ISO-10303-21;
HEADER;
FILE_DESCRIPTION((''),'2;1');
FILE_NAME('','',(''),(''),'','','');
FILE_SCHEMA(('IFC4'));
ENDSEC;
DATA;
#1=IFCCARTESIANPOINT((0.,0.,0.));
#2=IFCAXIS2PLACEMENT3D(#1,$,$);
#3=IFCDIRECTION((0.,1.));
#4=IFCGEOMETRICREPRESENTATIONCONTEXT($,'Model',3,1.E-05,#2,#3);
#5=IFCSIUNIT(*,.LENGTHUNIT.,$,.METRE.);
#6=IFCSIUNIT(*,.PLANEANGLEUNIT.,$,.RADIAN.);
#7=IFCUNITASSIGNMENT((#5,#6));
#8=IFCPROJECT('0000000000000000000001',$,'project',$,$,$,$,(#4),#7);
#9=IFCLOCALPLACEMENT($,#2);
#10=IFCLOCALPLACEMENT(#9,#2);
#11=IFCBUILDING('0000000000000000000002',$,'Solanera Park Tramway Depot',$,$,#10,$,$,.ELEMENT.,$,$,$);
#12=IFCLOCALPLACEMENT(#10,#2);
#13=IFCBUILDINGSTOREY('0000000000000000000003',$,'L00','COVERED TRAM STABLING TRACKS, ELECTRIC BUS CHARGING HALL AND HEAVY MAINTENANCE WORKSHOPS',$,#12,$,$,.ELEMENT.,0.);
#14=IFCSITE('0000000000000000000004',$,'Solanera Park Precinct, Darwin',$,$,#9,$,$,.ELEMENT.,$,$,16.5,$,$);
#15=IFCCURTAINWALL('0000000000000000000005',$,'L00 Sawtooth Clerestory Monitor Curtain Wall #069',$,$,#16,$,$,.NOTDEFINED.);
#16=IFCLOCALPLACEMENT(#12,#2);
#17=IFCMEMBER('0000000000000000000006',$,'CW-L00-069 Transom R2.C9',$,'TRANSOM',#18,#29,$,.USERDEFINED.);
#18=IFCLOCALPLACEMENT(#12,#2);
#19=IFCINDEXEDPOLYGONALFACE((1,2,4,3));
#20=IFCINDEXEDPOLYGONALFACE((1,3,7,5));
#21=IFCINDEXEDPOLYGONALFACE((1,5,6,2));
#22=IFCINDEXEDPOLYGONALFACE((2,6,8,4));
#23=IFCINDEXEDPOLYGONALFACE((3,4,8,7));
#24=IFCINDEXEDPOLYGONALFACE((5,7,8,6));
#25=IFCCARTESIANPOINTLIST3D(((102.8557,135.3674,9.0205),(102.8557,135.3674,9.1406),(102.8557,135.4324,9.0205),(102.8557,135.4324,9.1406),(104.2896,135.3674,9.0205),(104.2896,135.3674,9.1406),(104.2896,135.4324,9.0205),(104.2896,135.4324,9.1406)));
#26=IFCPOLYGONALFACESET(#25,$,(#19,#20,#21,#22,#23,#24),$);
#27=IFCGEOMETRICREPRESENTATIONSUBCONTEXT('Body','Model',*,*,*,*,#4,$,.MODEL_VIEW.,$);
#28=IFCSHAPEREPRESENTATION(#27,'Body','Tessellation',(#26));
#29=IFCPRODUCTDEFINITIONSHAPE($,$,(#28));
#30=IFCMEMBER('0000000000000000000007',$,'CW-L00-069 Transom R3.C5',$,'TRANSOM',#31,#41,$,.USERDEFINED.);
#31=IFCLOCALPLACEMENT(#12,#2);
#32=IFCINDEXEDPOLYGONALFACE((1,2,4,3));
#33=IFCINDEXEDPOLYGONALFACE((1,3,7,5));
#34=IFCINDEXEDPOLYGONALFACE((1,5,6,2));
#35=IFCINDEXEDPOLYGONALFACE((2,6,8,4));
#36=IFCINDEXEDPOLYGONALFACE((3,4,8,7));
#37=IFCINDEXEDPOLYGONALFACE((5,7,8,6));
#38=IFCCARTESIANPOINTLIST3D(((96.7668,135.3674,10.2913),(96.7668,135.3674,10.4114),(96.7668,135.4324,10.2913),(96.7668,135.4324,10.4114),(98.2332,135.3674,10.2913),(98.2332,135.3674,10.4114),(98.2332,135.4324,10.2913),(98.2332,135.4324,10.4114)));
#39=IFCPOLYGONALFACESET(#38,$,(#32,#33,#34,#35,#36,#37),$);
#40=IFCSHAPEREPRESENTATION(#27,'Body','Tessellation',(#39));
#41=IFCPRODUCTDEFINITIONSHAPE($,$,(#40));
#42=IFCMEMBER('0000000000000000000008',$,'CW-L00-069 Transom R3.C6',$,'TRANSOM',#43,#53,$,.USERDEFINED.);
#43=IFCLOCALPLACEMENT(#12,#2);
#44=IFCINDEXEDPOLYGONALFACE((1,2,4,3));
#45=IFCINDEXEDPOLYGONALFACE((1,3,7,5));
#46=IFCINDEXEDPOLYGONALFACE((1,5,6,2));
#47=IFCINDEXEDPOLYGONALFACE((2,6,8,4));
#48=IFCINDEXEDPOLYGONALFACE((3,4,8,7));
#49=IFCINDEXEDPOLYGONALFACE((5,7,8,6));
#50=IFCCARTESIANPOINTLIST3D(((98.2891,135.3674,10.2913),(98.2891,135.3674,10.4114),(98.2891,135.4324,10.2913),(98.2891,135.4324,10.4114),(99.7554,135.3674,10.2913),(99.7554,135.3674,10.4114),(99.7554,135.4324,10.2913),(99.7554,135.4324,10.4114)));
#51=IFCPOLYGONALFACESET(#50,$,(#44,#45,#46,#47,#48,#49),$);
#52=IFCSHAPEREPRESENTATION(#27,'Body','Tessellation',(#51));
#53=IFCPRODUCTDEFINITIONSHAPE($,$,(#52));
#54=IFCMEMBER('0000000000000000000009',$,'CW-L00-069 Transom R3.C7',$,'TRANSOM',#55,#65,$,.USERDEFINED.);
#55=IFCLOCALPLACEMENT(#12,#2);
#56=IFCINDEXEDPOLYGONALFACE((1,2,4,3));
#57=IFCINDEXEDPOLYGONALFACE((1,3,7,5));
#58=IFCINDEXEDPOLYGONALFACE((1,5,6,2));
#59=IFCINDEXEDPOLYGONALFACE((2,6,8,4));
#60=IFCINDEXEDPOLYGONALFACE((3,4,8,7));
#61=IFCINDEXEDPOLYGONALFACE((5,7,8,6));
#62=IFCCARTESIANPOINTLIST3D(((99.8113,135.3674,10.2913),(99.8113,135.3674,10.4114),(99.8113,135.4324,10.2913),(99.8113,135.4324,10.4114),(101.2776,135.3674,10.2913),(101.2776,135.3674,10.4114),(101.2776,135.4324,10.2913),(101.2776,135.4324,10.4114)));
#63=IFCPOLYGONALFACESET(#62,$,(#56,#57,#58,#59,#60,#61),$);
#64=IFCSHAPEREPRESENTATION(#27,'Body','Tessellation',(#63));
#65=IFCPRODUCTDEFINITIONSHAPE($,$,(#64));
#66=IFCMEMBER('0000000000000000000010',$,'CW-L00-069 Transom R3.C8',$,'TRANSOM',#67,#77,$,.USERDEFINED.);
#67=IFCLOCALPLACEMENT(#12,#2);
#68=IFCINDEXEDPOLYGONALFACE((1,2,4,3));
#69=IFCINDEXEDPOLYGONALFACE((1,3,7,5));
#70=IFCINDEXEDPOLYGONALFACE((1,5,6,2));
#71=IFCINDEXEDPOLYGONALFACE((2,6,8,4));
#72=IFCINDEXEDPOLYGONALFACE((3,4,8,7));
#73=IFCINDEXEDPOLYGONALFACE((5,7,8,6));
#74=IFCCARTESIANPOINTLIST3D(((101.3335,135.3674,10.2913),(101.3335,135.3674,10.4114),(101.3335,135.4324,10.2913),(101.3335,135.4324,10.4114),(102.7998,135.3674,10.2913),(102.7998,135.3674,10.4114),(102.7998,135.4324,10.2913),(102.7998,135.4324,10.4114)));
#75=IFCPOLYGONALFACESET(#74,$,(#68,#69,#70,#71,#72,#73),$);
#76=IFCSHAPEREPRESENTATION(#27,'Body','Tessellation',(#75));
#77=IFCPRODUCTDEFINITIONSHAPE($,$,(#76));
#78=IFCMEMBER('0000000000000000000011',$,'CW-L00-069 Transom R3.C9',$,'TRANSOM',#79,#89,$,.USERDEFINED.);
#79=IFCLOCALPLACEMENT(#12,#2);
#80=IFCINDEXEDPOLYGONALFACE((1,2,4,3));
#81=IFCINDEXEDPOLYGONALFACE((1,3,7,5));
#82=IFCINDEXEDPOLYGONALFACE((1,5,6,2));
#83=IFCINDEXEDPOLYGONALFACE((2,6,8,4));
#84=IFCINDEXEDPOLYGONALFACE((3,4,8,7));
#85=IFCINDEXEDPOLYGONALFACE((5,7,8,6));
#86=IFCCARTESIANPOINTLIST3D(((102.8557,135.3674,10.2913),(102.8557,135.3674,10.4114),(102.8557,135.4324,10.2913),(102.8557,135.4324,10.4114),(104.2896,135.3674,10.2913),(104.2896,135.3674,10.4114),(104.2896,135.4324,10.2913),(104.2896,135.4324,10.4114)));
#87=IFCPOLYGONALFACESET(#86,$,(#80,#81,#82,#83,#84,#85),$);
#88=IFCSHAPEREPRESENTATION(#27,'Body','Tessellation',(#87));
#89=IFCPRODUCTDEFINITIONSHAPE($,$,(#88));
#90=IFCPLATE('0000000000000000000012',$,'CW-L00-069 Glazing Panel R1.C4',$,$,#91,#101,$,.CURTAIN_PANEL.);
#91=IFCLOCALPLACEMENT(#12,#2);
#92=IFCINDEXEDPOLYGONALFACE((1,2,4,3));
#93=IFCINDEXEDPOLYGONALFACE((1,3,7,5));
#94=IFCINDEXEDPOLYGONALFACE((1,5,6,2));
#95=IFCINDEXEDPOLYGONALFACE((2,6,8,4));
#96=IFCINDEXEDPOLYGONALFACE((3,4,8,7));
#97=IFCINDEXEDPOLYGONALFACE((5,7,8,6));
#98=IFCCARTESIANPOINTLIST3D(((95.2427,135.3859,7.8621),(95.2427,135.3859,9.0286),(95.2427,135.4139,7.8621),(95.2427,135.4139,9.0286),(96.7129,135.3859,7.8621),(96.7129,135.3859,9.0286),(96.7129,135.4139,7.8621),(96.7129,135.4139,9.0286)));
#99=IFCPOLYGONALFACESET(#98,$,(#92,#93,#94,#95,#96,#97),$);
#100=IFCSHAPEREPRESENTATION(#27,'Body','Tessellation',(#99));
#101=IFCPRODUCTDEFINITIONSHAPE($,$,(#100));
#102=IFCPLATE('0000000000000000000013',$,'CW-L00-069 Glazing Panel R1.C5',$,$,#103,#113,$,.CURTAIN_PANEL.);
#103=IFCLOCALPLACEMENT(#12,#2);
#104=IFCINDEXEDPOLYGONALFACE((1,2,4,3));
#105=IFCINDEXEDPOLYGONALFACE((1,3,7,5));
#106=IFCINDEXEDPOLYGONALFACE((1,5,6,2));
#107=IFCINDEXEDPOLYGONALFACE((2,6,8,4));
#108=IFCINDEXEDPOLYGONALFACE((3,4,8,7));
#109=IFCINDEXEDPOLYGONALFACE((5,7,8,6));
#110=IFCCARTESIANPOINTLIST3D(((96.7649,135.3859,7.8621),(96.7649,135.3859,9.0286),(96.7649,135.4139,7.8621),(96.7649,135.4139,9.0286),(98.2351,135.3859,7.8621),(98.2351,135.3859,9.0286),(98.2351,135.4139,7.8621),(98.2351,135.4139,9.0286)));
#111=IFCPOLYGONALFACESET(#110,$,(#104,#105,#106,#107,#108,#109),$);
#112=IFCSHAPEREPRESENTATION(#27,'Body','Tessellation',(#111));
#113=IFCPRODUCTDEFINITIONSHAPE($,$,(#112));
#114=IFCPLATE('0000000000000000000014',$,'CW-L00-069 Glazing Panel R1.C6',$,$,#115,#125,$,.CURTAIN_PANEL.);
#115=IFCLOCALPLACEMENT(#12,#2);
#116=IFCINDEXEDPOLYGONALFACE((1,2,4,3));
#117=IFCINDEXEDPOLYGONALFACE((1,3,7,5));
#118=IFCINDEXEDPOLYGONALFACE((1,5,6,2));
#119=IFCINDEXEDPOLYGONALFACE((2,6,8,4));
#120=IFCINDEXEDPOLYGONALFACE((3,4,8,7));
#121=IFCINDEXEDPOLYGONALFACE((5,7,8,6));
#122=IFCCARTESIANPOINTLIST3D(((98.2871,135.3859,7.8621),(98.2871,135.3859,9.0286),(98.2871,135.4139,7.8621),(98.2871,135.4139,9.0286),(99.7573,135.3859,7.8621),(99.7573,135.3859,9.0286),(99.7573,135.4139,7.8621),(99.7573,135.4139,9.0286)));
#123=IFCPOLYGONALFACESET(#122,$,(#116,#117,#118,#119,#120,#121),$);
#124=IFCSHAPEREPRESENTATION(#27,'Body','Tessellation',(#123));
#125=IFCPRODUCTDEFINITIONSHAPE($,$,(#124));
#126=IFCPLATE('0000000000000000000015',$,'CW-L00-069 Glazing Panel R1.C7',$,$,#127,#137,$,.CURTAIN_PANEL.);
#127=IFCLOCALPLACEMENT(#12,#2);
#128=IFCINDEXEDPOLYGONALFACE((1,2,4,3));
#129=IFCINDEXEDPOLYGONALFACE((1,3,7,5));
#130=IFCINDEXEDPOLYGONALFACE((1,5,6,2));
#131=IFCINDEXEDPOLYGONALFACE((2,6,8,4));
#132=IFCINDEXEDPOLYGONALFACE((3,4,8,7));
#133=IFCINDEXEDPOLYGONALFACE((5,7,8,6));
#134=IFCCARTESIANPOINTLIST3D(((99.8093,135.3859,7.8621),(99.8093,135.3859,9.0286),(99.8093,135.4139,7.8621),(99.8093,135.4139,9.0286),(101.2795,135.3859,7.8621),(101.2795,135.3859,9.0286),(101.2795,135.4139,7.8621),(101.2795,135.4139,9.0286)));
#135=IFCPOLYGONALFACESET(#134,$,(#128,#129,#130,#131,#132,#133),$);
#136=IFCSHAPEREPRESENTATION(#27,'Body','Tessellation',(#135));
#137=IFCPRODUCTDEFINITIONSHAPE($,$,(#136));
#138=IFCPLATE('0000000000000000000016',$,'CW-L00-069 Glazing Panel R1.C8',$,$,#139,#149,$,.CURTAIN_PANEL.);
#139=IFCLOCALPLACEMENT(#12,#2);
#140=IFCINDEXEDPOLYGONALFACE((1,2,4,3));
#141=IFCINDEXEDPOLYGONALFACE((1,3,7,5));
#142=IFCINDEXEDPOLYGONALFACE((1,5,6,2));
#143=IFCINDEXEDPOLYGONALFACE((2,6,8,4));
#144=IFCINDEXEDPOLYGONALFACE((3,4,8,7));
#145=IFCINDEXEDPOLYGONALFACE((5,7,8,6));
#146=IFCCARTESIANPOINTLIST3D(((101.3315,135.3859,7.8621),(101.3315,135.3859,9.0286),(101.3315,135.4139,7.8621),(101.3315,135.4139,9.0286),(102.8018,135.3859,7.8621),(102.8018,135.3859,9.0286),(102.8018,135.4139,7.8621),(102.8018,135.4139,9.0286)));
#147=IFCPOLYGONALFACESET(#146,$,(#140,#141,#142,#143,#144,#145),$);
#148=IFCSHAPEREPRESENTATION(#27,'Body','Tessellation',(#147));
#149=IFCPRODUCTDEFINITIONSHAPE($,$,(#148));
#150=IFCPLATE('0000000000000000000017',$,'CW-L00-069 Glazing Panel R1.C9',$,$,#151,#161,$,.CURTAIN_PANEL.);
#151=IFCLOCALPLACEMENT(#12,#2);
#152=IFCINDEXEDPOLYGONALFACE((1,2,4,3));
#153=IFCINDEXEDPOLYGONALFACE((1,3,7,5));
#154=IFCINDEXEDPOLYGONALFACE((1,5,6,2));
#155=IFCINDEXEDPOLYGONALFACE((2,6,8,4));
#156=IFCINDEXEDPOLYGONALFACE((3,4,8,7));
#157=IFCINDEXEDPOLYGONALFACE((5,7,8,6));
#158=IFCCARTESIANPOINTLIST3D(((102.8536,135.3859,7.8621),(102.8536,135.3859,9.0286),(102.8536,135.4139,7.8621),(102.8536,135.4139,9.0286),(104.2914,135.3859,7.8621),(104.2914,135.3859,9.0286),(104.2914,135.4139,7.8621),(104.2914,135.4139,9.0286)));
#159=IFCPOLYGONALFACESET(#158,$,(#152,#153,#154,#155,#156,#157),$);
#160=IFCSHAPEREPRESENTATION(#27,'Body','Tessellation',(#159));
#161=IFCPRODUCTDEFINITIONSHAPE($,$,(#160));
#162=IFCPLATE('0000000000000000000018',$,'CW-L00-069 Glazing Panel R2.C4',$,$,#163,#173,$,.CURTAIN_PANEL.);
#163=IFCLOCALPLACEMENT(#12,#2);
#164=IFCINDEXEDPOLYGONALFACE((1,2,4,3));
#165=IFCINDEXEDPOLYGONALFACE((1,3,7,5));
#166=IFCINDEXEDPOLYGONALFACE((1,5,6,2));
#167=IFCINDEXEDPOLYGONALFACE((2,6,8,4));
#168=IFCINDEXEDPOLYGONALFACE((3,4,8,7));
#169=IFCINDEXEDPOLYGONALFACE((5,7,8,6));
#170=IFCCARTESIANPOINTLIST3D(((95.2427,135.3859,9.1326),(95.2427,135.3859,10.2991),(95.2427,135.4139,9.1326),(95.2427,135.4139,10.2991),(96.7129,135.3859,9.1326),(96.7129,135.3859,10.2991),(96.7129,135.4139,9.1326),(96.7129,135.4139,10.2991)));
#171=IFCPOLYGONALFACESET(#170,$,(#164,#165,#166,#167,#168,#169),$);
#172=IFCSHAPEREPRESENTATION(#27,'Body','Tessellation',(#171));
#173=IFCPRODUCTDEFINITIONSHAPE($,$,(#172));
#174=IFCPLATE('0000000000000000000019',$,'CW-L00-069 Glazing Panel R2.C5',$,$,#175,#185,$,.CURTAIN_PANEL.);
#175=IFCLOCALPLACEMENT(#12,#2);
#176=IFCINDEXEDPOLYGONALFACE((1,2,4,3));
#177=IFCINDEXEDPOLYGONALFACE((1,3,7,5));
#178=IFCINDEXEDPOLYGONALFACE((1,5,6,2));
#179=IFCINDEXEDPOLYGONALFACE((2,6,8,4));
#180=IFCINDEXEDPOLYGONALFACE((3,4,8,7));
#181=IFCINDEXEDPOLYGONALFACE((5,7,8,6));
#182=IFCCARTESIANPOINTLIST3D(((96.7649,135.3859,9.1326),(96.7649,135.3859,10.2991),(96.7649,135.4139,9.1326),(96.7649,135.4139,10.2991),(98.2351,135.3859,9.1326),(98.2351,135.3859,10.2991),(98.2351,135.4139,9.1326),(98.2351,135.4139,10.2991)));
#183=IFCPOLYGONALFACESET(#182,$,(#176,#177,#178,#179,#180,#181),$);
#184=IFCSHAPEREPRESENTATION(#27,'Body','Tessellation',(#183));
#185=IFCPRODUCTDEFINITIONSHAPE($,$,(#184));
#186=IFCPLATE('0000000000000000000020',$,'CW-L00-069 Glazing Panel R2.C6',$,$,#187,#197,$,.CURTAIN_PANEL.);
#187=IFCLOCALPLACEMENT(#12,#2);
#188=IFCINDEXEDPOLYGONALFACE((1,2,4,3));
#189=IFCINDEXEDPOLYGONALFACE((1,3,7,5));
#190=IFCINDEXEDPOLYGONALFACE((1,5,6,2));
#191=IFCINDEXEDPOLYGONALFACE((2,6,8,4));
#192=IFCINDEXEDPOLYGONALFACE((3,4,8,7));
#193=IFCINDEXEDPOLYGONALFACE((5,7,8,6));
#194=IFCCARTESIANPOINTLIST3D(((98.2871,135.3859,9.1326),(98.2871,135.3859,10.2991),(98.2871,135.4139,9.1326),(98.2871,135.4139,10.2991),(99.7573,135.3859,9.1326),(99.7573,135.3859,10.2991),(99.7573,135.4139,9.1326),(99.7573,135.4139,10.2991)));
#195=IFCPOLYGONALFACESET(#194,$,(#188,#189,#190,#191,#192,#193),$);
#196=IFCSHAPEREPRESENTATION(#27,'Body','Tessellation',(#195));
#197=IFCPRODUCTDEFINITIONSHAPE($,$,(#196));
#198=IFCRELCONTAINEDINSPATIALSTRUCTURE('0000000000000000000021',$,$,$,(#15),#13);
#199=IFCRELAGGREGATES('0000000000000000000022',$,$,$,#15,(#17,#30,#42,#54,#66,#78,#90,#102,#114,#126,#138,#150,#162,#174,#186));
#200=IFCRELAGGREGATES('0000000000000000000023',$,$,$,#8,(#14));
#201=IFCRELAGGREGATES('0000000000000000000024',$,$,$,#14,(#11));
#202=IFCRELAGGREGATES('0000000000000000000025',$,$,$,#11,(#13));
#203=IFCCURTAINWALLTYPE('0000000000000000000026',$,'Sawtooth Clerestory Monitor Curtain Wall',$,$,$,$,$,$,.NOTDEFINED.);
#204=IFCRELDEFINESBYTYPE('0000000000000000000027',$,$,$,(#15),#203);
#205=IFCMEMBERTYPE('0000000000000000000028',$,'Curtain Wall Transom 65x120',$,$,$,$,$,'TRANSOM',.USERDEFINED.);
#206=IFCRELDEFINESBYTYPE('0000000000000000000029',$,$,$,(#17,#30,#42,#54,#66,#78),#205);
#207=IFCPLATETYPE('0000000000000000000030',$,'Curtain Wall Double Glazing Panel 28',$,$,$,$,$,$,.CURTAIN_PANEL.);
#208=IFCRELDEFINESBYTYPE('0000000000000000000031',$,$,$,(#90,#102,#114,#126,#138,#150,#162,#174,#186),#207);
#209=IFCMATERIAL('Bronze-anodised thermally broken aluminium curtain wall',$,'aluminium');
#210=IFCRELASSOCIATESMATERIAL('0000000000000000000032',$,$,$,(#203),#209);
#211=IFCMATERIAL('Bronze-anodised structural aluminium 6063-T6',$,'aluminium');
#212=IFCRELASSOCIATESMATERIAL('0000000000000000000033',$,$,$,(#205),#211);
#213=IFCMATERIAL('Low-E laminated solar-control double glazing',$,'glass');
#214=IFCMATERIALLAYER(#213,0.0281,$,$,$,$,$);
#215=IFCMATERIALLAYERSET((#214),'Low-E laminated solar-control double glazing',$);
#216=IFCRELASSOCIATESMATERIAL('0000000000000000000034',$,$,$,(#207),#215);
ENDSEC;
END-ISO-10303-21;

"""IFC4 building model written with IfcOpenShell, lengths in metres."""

from ifc_helpers import new_model, si_unit, direction, frame, origin, origin_2d, place, context, subcontext, project, spatial, rectangle, extrude, material, layer, layer_set, material_profile, profile_set, type_object, element, aggregate, save


model = new_model("IFC4")

# Units and contexts
model_context = context("Model", 3, precision=1e-05, world=origin(), true_north=direction((0.0, 1.0)))
body_context = subcontext(model_context, "Body", "Model", "MODEL_VIEW")
ifc_project = project(units=[si_unit("LENGTHUNIT", "METRE"), si_unit("PLANEANGLEUNIT", "RADIAN")], contexts=[model_context])

# Site, building, storey
site_placement = place(None, origin())
site = spatial("IfcSite", under=ifc_project, at=site_placement, Name="Solanera Park Precinct, Darwin", CompositionType="ELEMENT", RefElevation=16.5)
building_placement = place(site_placement, origin())
building = spatial("IfcBuilding", under=site, at=building_placement, Name="Solanera Park Tramway Depot", CompositionType="ELEMENT")
storey_placement = place(building_placement, origin())
storey = spatial("IfcBuildingStorey", under=building, at=storey_placement, Name="L00", Description="COVERED TRAM STABLING TRACKS, ELECTRIC BUS CHARGING HALL AND HEAVY MAINTENANCE WORKSHOPS", CompositionType="ELEMENT", Elevation=0.0)

# Curtain wall, members, plates
ifc_material_1 = material(Name="Bronze-anodised thermally broken aluminium curtain wall", Category="aluminium")
curtain_wall_type = type_object("IfcCurtainWallType", Name="Sawtooth Clerestory Monitor Curtain Wall", PredefinedType="NOTDEFINED", material=ifc_material_1)
curtain_wall_placement = place(storey_placement, origin())
curtain_wall = element("IfcCurtainWall", 1, at=curtain_wall_placement, inside=storey, type_object=curtain_wall_type, Name="L00 Sawtooth Clerestory Monitor Curtain Wall #069", PredefinedType="NOTDEFINED")
ifc_material_2 = material(Name="Bronze-anodised structural aluminium 6063-T6", Category="aluminium")
ifc_material_profile_1 = material_profile(ifc_material_2, rectangle(XDim=0.0649, YDim=0.1201, at=origin_2d()), Name="Curtain Wall Transom 65x120")
ifc_profile_set_1 = profile_set([ifc_material_profile_1], Name="Bronze-anodised structural aluminium 6063-T6")
member_type_1 = type_object("IfcMemberType", Name="Curtain Wall Transom 65x120", ElementType="TRANSOM", PredefinedType="USERDEFINED", material=ifc_profile_set_1)
member_1_placement = place(storey_placement, frame((102.8557, 135.3999, 9.0806), z_axis=(1.0, 0.0, 0.0), x_axis=(0.0, 1.0, 0.0)))
member_1 = element("IfcMember", 2, at=member_1_placement, type_object=member_type_1, Name="CW-L00-069 Transom R2.C9", ObjectType="TRANSOM", PredefinedType="USERDEFINED", context=body_context, shape_type="SweptSolid", body=[
    extrude(rectangle(XDim=0.0649, YDim=0.1201, at=origin_2d()), origin(), (0.0, 0.0, 1.0), 1.4338),
])
member_2_placement = place(storey_placement, frame((96.7668, 135.3999, 10.3513), z_axis=(1.0, 0.0, 0.0), x_axis=(0.0, 1.0, 0.0)))
member_2 = element("IfcMember", 3, at=member_2_placement, type_object=member_type_1, Name="CW-L00-069 Transom R3.C5", ObjectType="TRANSOM", PredefinedType="USERDEFINED", context=body_context, shape_type="SweptSolid", body=[
    extrude(rectangle(XDim=0.0649, YDim=0.1201, at=origin_2d()), origin(), (0.0, 0.0, 1.0), 1.4663),
])
member_3_placement = place(storey_placement, frame((98.2891, 135.3999, 10.3513), z_axis=(1.0, 0.0, 0.0), x_axis=(0.0, 1.0, 0.0)))
member_3 = element("IfcMember", 4, at=member_3_placement, type_object=member_type_1, Name="CW-L00-069 Transom R3.C6", ObjectType="TRANSOM", PredefinedType="USERDEFINED", context=body_context, shape_type="SweptSolid", body=[
    extrude(rectangle(XDim=0.0649, YDim=0.1201, at=origin_2d()), origin(), (0.0, 0.0, 1.0), 1.4663),
])
member_4_placement = place(storey_placement, frame((99.8113, 135.3999, 10.3513), z_axis=(1.0, 0.0, 0.0), x_axis=(0.0, 1.0, 0.0)))
member_4 = element("IfcMember", 5, at=member_4_placement, type_object=member_type_1, Name="CW-L00-069 Transom R3.C7", ObjectType="TRANSOM", PredefinedType="USERDEFINED", context=body_context, shape_type="SweptSolid", body=[
    extrude(rectangle(XDim=0.0649, YDim=0.1201, at=origin_2d()), origin(), (0.0, 0.0, 1.0), 1.4663),
])
member_5_placement = place(storey_placement, frame((101.3335, 135.3999, 10.3513), z_axis=(1.0, 0.0, 0.0), x_axis=(0.0, 1.0, 0.0)))
member_5 = element("IfcMember", 6, at=member_5_placement, type_object=member_type_1, Name="CW-L00-069 Transom R3.C8", ObjectType="TRANSOM", PredefinedType="USERDEFINED", context=body_context, shape_type="SweptSolid", body=[
    extrude(rectangle(XDim=0.0649, YDim=0.1201, at=origin_2d()), origin(), (0.0, 0.0, 1.0), 1.4663),
])
member_6_placement = place(storey_placement, frame((102.8557, 135.3999, 10.3513), z_axis=(1.0, 0.0, 0.0), x_axis=(0.0, 1.0, 0.0)))
member_6 = element("IfcMember", 7, at=member_6_placement, type_object=member_type_1, Name="CW-L00-069 Transom R3.C9", ObjectType="TRANSOM", PredefinedType="USERDEFINED", context=body_context, shape_type="SweptSolid", body=[
    extrude(rectangle(XDim=0.0649, YDim=0.1201, at=origin_2d()), origin(), (0.0, 0.0, 1.0), 1.4338),
])
ifc_material_3 = material(Name="Low-E laminated solar-control double glazing", Category="glass")
ifc_layer = layer(ifc_material_3, 0.0281)
ifc_layer_set = layer_set([ifc_layer], Name="Low-E laminated solar-control double glazing")
plate_type = type_object("IfcPlateType", Name="Curtain Wall Double Glazing Panel 28", PredefinedType="CURTAIN_PANEL", material=ifc_layer_set)
plate_1_placement = place(storey_placement, frame((95.9778, 135.3999, 7.8621), z_axis=(0.0, 0.0, 1.0), x_axis=(1.0, 0.0, 0.0)))
plate_1 = element("IfcPlate", 8, at=plate_1_placement, type_object=plate_type, Name="CW-L00-069 Glazing Panel R1.C4", PredefinedType="CURTAIN_PANEL", context=body_context, shape_type="SweptSolid", body=[
    extrude(rectangle(XDim=1.4702, YDim=0.0281, at=origin_2d()), origin(), (0.0, 0.0, 1.0), 1.1665),
])
plate_2_placement = place(storey_placement, frame((97.5, 135.3999, 7.8621), z_axis=(0.0, 0.0, 1.0), x_axis=(1.0, 0.0, 0.0)))
plate_2 = element("IfcPlate", 9, at=plate_2_placement, type_object=plate_type, Name="CW-L00-069 Glazing Panel R1.C5", PredefinedType="CURTAIN_PANEL", context=body_context, shape_type="SweptSolid", body=[
    extrude(rectangle(XDim=1.4702, YDim=0.0281, at=origin_2d()), origin(), (0.0, 0.0, 1.0), 1.1665),
])
plate_3_placement = place(storey_placement, frame((99.0222, 135.3999, 7.8621), z_axis=(0.0, 0.0, 1.0), x_axis=(1.0, 0.0, 0.0)))
plate_3 = element("IfcPlate", 10, at=plate_3_placement, type_object=plate_type, Name="CW-L00-069 Glazing Panel R1.C6", PredefinedType="CURTAIN_PANEL", context=body_context, shape_type="SweptSolid", body=[
    extrude(rectangle(XDim=1.4702, YDim=0.0281, at=origin_2d()), origin(), (0.0, 0.0, 1.0), 1.1665),
])
plate_4_placement = place(storey_placement, frame((100.5444, 135.3999, 7.8621), z_axis=(0.0, 0.0, 1.0), x_axis=(1.0, 0.0, 0.0)))
plate_4 = element("IfcPlate", 11, at=plate_4_placement, type_object=plate_type, Name="CW-L00-069 Glazing Panel R1.C7", PredefinedType="CURTAIN_PANEL", context=body_context, shape_type="SweptSolid", body=[
    extrude(rectangle(XDim=1.4702, YDim=0.0281, at=origin_2d()), origin(), (0.0, 0.0, 1.0), 1.1665),
])
plate_5_placement = place(storey_placement, frame((102.0667, 135.3999, 7.8621), z_axis=(0.0, 0.0, 1.0), x_axis=(1.0, 0.0, 0.0)))
plate_5 = element("IfcPlate", 12, at=plate_5_placement, type_object=plate_type, Name="CW-L00-069 Glazing Panel R1.C8", PredefinedType="CURTAIN_PANEL", context=body_context, shape_type="SweptSolid", body=[
    extrude(rectangle(XDim=1.4702, YDim=0.0281, at=origin_2d()), origin(), (0.0, 0.0, 1.0), 1.1665),
])
plate_6_placement = place(storey_placement, frame((103.5725, 135.3999, 7.8621), z_axis=(0.0, 0.0, 1.0), x_axis=(1.0, 0.0, 0.0)))
plate_6 = element("IfcPlate", 13, at=plate_6_placement, type_object=plate_type, Name="CW-L00-069 Glazing Panel R1.C9", PredefinedType="CURTAIN_PANEL", context=body_context, shape_type="SweptSolid", body=[
    extrude(rectangle(XDim=1.4377, YDim=0.0281, at=origin_2d()), origin(), (0.0, 0.0, 1.0), 1.1665),
])
plate_7_placement = place(storey_placement, frame((95.9778, 135.3999, 9.1326), z_axis=(0.0, 0.0, 1.0), x_axis=(1.0, 0.0, 0.0)))
plate_7 = element("IfcPlate", 14, at=plate_7_placement, type_object=plate_type, Name="CW-L00-069 Glazing Panel R2.C4", PredefinedType="CURTAIN_PANEL", context=body_context, shape_type="SweptSolid", body=[
    extrude(rectangle(XDim=1.4702, YDim=0.0281, at=origin_2d()), origin(), (0.0, 0.0, 1.0), 1.1665),
])
plate_8_placement = place(storey_placement, frame((97.5, 135.3999, 9.1326), z_axis=(0.0, 0.0, 1.0), x_axis=(1.0, 0.0, 0.0)))
plate_8 = element("IfcPlate", 15, at=plate_8_placement, type_object=plate_type, Name="CW-L00-069 Glazing Panel R2.C5", PredefinedType="CURTAIN_PANEL", context=body_context, shape_type="SweptSolid", body=[
    extrude(rectangle(XDim=1.4702, YDim=0.0281, at=origin_2d()), origin(), (0.0, 0.0, 1.0), 1.1665),
])
plate_9_placement = place(storey_placement, frame((99.0222, 135.3999, 9.1326), z_axis=(0.0, 0.0, 1.0), x_axis=(1.0, 0.0, 0.0)))
plate_9 = element("IfcPlate", 16, at=plate_9_placement, type_object=plate_type, Name="CW-L00-069 Glazing Panel R2.C6", PredefinedType="CURTAIN_PANEL", context=body_context, shape_type="SweptSolid", body=[
    extrude(rectangle(XDim=1.4702, YDim=0.0281, at=origin_2d()), origin(), (0.0, 0.0, 1.0), 1.1665),
])
aggregate(curtain_wall, [member_1, member_2, member_3, member_4, member_5, member_6, plate_1, plate_2, plate_3, plate_4, plate_5, plate_6, plate_7, plate_8, plate_9])

save(model, "model.ifc")
